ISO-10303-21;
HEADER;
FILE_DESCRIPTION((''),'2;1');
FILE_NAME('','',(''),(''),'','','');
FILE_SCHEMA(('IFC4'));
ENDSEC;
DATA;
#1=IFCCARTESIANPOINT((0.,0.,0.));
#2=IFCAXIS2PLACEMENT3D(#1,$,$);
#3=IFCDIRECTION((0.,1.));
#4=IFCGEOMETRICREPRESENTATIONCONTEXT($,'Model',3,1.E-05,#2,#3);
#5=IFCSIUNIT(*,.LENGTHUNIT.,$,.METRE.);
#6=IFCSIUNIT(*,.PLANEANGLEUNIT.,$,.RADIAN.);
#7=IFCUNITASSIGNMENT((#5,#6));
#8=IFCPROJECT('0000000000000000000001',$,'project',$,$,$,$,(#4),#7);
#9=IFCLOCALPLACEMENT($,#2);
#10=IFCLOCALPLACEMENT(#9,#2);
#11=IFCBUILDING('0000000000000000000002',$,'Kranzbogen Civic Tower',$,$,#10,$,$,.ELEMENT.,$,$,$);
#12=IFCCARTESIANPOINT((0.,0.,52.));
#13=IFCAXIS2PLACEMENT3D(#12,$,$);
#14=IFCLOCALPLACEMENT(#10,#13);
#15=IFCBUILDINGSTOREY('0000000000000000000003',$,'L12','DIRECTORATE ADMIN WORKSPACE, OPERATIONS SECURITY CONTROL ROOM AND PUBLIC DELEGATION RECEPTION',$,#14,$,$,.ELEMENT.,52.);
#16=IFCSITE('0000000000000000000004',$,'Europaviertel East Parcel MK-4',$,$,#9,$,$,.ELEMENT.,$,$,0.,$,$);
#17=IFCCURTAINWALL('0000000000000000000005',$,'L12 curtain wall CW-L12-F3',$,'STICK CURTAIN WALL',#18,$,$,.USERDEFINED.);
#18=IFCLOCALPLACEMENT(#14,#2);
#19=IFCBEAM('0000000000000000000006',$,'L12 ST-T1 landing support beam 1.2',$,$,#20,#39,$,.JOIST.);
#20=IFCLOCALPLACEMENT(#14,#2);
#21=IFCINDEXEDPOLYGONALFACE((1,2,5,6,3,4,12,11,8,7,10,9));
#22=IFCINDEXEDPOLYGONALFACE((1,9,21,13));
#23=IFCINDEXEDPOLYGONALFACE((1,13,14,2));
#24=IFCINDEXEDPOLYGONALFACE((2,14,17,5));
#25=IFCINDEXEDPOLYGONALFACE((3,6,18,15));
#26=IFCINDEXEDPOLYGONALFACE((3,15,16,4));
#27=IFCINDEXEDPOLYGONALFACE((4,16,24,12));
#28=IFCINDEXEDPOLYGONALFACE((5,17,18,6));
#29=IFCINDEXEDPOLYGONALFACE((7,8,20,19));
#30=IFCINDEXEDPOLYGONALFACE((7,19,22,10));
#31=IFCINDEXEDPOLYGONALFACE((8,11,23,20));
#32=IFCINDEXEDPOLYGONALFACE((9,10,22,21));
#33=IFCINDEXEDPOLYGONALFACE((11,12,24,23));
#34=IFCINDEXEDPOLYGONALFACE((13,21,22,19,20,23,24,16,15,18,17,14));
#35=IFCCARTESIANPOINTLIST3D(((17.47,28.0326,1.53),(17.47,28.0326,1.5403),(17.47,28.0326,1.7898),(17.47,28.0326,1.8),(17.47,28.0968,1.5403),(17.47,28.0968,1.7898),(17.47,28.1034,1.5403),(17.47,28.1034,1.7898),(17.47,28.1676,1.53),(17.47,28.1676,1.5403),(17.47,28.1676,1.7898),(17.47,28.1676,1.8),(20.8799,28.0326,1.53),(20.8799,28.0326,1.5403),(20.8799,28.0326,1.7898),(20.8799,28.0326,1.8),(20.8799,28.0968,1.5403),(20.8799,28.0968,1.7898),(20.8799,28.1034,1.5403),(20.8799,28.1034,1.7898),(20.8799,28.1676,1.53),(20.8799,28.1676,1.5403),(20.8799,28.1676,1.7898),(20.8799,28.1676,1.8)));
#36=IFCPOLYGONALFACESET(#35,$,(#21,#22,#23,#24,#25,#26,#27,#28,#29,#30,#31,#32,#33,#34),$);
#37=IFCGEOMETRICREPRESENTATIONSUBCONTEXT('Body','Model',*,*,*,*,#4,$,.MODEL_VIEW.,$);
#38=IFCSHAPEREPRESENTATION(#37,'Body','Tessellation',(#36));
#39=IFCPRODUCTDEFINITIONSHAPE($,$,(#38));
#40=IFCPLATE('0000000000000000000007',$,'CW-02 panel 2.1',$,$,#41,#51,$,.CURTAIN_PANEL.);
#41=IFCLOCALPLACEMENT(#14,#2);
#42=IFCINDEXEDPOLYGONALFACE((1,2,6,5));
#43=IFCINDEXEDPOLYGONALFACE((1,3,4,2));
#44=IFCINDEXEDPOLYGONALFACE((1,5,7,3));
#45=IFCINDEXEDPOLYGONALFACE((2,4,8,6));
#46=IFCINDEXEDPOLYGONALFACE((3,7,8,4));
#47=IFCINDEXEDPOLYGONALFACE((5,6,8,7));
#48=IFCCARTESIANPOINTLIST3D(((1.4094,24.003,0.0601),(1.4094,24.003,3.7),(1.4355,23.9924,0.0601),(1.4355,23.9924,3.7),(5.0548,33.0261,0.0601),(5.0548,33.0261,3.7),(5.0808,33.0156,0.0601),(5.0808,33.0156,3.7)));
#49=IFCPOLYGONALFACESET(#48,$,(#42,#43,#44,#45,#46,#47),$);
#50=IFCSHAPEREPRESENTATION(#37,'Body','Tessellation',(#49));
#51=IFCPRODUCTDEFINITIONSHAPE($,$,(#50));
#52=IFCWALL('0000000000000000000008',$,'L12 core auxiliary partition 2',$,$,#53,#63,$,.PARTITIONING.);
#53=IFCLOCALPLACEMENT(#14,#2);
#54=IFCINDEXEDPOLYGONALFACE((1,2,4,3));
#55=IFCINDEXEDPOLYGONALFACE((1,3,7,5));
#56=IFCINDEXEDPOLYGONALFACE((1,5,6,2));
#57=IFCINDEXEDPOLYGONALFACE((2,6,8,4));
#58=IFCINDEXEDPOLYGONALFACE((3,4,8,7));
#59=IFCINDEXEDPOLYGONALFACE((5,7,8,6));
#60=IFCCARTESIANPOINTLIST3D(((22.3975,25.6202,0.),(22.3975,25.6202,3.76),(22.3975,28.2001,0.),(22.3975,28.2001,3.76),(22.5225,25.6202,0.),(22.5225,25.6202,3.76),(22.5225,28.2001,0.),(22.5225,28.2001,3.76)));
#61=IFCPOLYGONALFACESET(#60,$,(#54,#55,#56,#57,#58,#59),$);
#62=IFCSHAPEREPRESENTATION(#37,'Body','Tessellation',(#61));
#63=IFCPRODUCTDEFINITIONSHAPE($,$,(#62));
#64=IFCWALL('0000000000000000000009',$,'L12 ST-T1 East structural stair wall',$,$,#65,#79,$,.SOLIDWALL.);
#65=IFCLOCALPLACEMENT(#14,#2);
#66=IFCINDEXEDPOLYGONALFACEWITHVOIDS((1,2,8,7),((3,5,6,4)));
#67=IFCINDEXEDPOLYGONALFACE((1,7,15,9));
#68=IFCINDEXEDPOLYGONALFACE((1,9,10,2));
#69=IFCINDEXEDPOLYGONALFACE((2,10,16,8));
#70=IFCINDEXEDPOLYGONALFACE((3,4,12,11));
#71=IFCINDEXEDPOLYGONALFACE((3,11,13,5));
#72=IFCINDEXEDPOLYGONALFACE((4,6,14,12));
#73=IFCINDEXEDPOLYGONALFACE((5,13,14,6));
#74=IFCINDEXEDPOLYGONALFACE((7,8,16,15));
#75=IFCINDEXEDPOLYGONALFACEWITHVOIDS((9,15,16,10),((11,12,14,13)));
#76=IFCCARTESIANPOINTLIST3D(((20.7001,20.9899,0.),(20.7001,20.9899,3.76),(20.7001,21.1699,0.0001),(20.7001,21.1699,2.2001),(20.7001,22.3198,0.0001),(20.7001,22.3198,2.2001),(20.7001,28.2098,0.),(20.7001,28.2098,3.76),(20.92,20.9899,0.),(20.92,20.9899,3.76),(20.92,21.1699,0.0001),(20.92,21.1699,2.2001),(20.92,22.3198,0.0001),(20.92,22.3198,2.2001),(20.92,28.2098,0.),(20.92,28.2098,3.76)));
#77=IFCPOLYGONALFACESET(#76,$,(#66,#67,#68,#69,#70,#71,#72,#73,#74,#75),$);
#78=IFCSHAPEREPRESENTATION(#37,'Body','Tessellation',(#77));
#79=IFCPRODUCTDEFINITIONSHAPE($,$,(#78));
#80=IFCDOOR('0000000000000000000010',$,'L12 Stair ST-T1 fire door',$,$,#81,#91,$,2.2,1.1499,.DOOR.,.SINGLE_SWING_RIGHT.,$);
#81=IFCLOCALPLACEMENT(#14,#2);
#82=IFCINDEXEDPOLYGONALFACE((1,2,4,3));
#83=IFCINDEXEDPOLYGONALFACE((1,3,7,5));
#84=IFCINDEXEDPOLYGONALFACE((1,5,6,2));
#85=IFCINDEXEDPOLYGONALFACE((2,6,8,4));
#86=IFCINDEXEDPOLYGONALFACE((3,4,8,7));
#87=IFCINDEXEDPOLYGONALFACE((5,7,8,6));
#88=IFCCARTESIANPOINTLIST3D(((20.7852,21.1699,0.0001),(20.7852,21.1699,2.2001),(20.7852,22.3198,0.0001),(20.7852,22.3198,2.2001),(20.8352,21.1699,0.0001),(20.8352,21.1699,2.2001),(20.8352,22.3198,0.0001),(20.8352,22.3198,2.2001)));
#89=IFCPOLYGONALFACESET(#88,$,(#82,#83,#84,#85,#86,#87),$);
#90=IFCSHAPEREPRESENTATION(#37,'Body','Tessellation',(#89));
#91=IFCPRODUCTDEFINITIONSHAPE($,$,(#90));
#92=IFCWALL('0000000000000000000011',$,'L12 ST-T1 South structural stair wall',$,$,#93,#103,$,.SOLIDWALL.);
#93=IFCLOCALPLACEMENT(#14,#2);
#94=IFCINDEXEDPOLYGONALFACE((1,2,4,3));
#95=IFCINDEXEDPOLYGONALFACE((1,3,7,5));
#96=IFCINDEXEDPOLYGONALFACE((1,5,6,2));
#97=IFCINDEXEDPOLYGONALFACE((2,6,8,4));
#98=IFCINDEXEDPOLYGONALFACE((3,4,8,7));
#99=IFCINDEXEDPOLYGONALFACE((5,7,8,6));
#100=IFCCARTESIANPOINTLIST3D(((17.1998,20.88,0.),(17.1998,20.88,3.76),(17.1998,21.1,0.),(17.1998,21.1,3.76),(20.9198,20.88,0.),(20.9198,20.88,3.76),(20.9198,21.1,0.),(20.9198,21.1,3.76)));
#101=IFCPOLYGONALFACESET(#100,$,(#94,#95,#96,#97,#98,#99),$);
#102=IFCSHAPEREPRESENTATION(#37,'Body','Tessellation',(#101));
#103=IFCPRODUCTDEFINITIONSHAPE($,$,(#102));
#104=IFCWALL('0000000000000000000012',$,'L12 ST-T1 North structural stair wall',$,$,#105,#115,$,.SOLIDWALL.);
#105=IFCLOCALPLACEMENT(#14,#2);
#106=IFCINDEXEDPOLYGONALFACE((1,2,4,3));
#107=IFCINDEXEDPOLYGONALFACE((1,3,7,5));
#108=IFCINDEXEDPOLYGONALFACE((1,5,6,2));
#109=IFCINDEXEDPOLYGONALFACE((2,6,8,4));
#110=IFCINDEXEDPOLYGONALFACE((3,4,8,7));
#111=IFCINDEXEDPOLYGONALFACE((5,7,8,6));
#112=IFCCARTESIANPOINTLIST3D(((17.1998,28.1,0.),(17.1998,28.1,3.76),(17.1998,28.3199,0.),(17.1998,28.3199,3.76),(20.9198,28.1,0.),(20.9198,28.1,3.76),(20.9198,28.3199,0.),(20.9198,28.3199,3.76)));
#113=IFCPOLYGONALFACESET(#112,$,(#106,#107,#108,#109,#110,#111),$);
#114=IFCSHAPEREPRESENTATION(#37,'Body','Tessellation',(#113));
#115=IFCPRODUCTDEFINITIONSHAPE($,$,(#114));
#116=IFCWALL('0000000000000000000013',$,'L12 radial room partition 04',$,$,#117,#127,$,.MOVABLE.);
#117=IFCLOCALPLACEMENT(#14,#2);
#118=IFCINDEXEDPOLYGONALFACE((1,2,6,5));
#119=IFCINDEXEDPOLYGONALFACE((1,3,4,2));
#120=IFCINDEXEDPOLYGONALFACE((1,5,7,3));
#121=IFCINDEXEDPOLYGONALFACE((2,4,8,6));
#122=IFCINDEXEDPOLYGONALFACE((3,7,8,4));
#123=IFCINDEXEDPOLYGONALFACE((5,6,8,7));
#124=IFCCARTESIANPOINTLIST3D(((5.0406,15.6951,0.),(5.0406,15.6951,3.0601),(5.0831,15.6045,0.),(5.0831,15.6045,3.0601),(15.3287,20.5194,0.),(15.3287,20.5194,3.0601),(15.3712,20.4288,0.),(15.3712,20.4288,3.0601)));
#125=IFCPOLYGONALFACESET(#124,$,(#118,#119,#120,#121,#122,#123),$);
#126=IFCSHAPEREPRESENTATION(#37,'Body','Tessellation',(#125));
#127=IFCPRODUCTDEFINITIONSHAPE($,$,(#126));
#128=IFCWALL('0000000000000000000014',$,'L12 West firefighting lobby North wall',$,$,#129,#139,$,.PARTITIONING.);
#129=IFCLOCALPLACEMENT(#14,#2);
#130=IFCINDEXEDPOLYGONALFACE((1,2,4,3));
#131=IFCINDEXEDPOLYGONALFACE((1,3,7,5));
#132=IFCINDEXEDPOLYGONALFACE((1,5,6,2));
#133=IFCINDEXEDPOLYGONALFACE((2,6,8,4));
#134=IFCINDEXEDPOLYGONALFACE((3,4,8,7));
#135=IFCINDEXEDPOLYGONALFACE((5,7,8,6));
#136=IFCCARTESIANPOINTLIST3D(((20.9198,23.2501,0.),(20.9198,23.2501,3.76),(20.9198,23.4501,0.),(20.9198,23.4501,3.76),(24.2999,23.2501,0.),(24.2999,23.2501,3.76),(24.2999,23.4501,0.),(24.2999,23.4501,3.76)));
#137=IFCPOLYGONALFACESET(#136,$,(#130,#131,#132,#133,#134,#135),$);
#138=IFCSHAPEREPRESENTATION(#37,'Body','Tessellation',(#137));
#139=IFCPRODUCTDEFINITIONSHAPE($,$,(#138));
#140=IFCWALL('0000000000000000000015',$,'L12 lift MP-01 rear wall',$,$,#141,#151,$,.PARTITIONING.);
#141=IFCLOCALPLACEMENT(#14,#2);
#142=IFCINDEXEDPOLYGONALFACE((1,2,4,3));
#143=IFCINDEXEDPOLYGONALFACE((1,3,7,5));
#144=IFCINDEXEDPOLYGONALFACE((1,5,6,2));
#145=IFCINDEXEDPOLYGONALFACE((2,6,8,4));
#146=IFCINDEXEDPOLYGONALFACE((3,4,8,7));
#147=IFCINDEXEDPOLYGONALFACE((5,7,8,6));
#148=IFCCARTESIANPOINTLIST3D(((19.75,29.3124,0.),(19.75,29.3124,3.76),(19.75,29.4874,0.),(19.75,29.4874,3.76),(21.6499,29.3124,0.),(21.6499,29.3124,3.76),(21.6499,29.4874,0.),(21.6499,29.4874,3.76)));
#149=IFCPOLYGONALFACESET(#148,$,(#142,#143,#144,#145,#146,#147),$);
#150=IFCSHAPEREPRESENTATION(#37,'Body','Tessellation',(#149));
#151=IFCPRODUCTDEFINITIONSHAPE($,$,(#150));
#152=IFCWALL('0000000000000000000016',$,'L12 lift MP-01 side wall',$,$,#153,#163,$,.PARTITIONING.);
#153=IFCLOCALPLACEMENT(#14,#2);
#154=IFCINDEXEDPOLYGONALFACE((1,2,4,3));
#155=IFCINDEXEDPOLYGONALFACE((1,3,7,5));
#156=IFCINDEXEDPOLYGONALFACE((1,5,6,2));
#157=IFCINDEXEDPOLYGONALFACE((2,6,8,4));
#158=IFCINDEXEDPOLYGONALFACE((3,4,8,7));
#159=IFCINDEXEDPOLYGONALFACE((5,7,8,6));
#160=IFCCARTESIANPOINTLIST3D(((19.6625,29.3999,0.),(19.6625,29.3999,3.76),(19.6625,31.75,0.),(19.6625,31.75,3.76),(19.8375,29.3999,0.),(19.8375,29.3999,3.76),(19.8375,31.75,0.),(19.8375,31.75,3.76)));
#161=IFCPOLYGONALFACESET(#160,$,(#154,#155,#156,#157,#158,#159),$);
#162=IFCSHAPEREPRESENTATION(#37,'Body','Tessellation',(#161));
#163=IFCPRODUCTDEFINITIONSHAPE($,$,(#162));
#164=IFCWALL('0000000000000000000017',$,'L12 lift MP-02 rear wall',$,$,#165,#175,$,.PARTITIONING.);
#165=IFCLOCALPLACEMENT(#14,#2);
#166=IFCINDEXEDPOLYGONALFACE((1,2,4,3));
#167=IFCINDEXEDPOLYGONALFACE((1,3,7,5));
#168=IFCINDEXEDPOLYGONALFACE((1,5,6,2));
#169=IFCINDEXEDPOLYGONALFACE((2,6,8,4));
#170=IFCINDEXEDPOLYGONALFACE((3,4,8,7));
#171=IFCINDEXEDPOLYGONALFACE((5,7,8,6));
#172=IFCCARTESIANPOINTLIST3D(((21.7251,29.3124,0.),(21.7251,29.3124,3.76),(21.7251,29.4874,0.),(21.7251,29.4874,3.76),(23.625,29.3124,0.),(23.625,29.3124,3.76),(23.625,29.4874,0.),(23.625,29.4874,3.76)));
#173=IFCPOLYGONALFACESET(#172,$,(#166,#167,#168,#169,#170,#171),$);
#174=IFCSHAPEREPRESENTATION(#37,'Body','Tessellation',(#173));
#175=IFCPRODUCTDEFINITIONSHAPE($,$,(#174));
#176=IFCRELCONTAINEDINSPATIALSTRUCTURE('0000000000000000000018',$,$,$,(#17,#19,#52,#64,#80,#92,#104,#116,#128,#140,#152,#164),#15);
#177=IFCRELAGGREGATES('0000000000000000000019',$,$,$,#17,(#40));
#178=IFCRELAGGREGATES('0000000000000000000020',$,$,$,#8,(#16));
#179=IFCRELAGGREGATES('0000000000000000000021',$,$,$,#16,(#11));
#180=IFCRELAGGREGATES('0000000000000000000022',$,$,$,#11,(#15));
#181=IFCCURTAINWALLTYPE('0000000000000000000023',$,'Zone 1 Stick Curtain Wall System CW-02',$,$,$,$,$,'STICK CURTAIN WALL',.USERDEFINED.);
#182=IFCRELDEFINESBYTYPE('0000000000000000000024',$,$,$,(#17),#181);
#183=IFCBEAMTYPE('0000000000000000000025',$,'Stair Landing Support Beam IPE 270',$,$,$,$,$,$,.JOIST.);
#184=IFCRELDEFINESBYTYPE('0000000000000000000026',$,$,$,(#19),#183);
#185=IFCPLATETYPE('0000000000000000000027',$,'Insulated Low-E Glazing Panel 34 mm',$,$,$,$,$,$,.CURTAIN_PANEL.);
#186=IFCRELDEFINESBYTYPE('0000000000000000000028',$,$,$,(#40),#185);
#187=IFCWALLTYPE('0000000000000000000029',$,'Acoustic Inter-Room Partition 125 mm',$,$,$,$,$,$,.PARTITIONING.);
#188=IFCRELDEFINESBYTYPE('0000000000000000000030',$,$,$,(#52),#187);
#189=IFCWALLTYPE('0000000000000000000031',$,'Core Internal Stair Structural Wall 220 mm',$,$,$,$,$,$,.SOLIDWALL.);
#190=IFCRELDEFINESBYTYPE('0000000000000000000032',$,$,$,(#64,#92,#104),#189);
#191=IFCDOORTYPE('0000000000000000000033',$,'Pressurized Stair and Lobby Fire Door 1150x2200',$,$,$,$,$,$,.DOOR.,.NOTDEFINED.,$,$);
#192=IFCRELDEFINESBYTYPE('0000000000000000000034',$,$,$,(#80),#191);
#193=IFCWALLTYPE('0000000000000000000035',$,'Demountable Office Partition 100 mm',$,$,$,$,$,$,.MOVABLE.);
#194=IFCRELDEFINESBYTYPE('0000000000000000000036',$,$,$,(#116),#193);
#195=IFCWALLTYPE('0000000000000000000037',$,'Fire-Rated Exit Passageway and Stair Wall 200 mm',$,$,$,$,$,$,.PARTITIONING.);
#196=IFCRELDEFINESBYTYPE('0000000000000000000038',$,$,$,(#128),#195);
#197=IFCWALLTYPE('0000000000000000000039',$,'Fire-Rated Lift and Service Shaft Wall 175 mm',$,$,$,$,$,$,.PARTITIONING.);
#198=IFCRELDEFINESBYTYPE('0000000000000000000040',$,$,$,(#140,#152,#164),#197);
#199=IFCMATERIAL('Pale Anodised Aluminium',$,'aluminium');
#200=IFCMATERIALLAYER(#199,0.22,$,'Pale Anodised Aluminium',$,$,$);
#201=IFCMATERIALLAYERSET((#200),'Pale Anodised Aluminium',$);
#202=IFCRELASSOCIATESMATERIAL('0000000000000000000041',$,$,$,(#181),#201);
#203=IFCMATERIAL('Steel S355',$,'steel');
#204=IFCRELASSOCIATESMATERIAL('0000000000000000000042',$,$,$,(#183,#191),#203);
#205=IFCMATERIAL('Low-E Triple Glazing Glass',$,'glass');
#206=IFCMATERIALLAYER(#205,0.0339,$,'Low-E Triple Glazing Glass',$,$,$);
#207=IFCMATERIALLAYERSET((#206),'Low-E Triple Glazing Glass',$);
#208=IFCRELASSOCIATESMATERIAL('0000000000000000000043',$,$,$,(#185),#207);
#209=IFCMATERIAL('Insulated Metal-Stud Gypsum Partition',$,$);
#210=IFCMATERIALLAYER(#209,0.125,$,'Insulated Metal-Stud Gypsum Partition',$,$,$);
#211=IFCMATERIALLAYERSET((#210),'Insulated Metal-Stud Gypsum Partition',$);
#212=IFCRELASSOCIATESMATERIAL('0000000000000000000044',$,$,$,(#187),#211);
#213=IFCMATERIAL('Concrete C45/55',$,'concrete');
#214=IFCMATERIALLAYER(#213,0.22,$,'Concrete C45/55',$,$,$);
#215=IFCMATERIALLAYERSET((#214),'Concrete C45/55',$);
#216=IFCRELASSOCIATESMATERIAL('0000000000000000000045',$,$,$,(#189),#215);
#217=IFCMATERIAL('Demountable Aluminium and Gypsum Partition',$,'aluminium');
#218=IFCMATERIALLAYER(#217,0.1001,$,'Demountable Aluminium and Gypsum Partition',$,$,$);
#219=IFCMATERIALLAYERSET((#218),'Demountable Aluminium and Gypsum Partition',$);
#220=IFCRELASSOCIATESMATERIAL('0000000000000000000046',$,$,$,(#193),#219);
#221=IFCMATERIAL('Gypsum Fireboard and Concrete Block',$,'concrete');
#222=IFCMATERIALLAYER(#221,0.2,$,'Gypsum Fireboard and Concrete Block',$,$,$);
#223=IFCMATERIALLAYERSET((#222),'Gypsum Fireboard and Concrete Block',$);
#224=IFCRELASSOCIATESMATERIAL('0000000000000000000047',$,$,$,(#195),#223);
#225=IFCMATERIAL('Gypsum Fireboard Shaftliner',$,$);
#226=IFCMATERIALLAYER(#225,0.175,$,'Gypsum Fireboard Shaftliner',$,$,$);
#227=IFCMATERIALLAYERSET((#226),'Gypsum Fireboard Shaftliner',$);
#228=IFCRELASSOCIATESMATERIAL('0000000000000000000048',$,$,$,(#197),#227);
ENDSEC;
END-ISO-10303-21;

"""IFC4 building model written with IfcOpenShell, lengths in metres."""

from ifc_helpers import new_model, si_unit, direction, frame, frame_2d, origin, origin_2d, place, context, subcontext, project, spatial, rectangle, i_section, extrude, material, layer, layer_set, material_profile, profile_set, type_object, element, fill, aggregate, save


model = new_model("IFC4")

# Units and contexts
model_context = context("Model", 3, precision=1e-05, world=origin(), true_north=direction((0.0, 1.0)))
body_context = subcontext(model_context, "Body", "Model", "MODEL_VIEW")
ifc_project = project(units=[si_unit("LENGTHUNIT", "METRE"), si_unit("PLANEANGLEUNIT", "RADIAN")], contexts=[model_context])

# Site, building, storey
site_placement = place(None, origin())
site = spatial("IfcSite", under=ifc_project, at=site_placement, Name="Europaviertel East Parcel MK-4", CompositionType="ELEMENT", RefElevation=0.0)
building_placement = place(site_placement, origin())
building = spatial("IfcBuilding", under=site, at=building_placement, Name="Kranzbogen Civic Tower", CompositionType="ELEMENT")
storey_placement = place(building_placement, frame((0.0, 0.0, 52.0)))
storey = spatial("IfcBuildingStorey", under=building, at=storey_placement, Name="L12", Description="DIRECTORATE ADMIN WORKSPACE, OPERATIONS SECURITY CONTROL ROOM AND PUBLIC DELEGATION RECEPTION", CompositionType="ELEMENT", Elevation=52.0)

# Shared definitions
ifc_material_1 = material(Name="Steel S355", Category="steel")

# Curtain wall
ifc_material_2 = material(Name="Pale Anodised Aluminium", Category="aluminium")
ifc_layer_1 = layer(ifc_material_2, 0.22, Name="Pale Anodised Aluminium")
ifc_layer_set_1 = layer_set([ifc_layer_1], Name="Pale Anodised Aluminium")
curtain_wall_type = type_object("IfcCurtainWallType", Name="Zone 1 Stick Curtain Wall System CW-02", ElementType="STICK CURTAIN WALL", PredefinedType="USERDEFINED", material=ifc_layer_set_1)
curtain_wall_placement = place(storey_placement, origin())
curtain_wall = element("IfcCurtainWall", 1, at=curtain_wall_placement, inside=storey, type_object=curtain_wall_type, Name="L12 curtain wall CW-L12-F3", ObjectType="STICK CURTAIN WALL", PredefinedType="USERDEFINED")

# Beam
ifc_material_profile_1 = material_profile(ifc_material_1, i_section(OverallWidth=0.135, OverallDepth=0.27, WebThickness=0.0066, FlangeThickness=0.0103, at=origin_2d()), Name="IPE 270")
ifc_profile_set_1 = profile_set([ifc_material_profile_1], Name="Steel S355")
beam_type_1 = type_object("IfcBeamType", Name="Stair Landing Support Beam IPE 270", PredefinedType="JOIST", material=ifc_profile_set_1)
for number, where, z_axis, x_axis, name in (
    (2, (20.8799, 28.1001, 1.665), (-1.0, 0.0, 0.0), (0.0, -1.0, 0.0), "L12 ST-T1 landing support beam 1.2"),
):
    element("IfcBeam", number, at=place(storey_placement, frame(where, z_axis=z_axis, x_axis=x_axis)), inside=storey, type_object=beam_type_1, Name=name, PredefinedType="JOIST", context=body_context, shape_type="SweptSolid", body=[
        extrude(i_section(OverallWidth=0.135, OverallDepth=0.27, WebThickness=0.0066, FlangeThickness=0.0103, at=origin_2d()), origin(), (0.0, 0.0, 1.0), 3.4099),
    ])

# Plate
ifc_material_3 = material(Name="Low-E Triple Glazing Glass", Category="glass")
ifc_layer_2 = layer(ifc_material_3, 0.0339, Name="Low-E Triple Glazing Glass")
ifc_layer_set_2 = layer_set([ifc_layer_2], Name="Low-E Triple Glazing Glass")
plate_type = type_object("IfcPlateType", Name="Insulated Low-E Glazing Panel 34 mm", PredefinedType="CURTAIN_PANEL", material=ifc_layer_set_2)
plate_placement = place(storey_placement, frame((3.2451, 28.5093, 0.0601), z_axis=(0.0, 0.0, 1.0), x_axis=(-0.374583, -0.927193, 0.0)))
plate = element("IfcPlate", 3, at=plate_placement, type_object=plate_type, Name="CW-02 panel 2.1", PredefinedType="CURTAIN_PANEL", context=body_context, shape_type="SweptSolid", body=[
    extrude(rectangle(XDim=9.7317, YDim=0.0281, at=origin_2d()), origin(), (0.0, 0.0, 1.0), 3.6399),
])
aggregate(curtain_wall, [plate])

# Shared definitions
ifc_material_4 = material(Name="Insulated Metal-Stud Gypsum Partition")
ifc_layer_3 = layer(ifc_material_4, 0.125, Name="Insulated Metal-Stud Gypsum Partition")
ifc_layer_set_3 = layer_set([ifc_layer_3], Name="Insulated Metal-Stud Gypsum Partition")
wall_type_1 = type_object("IfcWallType", Name="Acoustic Inter-Room Partition 125 mm", PredefinedType="PARTITIONING", material=ifc_layer_set_3)

# Wall
wall_1_placement = place(storey_placement, frame((22.46, 25.6201, 0.0), z_axis=(0.0, 0.0, 1.0), x_axis=(0.0, 1.0, 0.0)))
element("IfcWall", 4, at=wall_1_placement, inside=storey, type_object=wall_type_1, Name="L12 core auxiliary partition 2", PredefinedType="PARTITIONING", context=body_context, shape_type="SweptSolid", body=[
    extrude(rectangle(XDim=2.5798, YDim=0.125, at=frame_2d((1.29, 0.0))), origin(), (0.0, 0.0, 1.0), 3.76),
])

# Wall, opening, door
ifc_material_5 = material(Name="Concrete C45/55", Category="concrete")
ifc_layer_4 = layer(ifc_material_5, 0.22, Name="Concrete C45/55")
ifc_layer_set_4 = layer_set([ifc_layer_4], Name="Concrete C45/55")
wall_type_2 = type_object("IfcWallType", Name="Core Internal Stair Structural Wall 220 mm", PredefinedType="SOLIDWALL", material=ifc_layer_set_4)
wall_2_placement = place(storey_placement, frame((20.8101, 20.99, 0.0), z_axis=(0.0, 0.0, 1.0), x_axis=(0.0, 1.0, 0.0)))
wall_2 = element("IfcWall", 5, at=wall_2_placement, inside=storey, type_object=wall_type_2, Name="L12 ST-T1 East structural stair wall", PredefinedType="SOLIDWALL", context=body_context, shape_type="SweptSolid", body=[
    extrude(rectangle(XDim=7.22, YDim=0.22, at=frame_2d((3.6099, 0.0))), origin(), (0.0, 0.0, 1.0), 3.76),
])
opening_1_placement = place(wall_2_placement, frame((0.1799, 0.0, 0.0)))
opening_1 = element("IfcOpeningElement", 6, at=opening_1_placement, cuts=wall_2, PredefinedType="OPENING", context=body_context, shape_type="SweptSolid", body=[
    extrude(rectangle(XDim=1.1499, YDim=2.2, at=frame_2d((0.575, 1.1001))), frame((0.0, 0.1201, 0.0), z_axis=(0.0, -1.0, 0.0), x_axis=(1.0, 0.0, 0.0)), (0.0, 0.0, 1.0), 0.24),
])
door_type_1 = type_object("IfcDoorType", Name="Pressurized Stair and Lobby Fire Door 1150x2200", OperationType="NOTDEFINED", PredefinedType="DOOR", material=ifc_material_1)
door_1_placement = place(opening_1_placement, origin())
door_1 = element("IfcDoor", 7, at=door_1_placement, inside=storey, type_object=door_type_1, Name="L12 Stair ST-T1 fire door", OperationType="SINGLE_SWING_RIGHT", OverallHeight=2.2, OverallWidth=1.1499, PredefinedType="DOOR", context=body_context, shape_type="SweptSolid", body=[
    extrude(rectangle(XDim=1.1499, YDim=2.2, at=frame_2d((0.575, 1.1001))), frame((0.0, 0.0249, 0.0), z_axis=(0.0, -1.0, 0.0), x_axis=(1.0, 0.0, 0.0)), (0.0, 0.0, 1.0), 0.05),
])
fill(opening_1, door_1)

# Walls
for number, where, z_axis, x_axis, name in (
    (8, (17.2, 20.99, 0.0), (0.0, 0.0, 1.0), (1.0, 0.0, 0.0), "L12 ST-T1 South structural stair wall"),
    (9, (17.2, 28.21, 0.0), (0.0, 0.0, 1.0), (1.0, 0.0, 0.0), "L12 ST-T1 North structural stair wall"),
):
    element("IfcWall", number, at=place(storey_placement, frame(where, z_axis=z_axis, x_axis=x_axis)), inside=storey, type_object=wall_type_2, Name=name, PredefinedType="SOLIDWALL", context=body_context, shape_type="SweptSolid", body=[
        extrude(rectangle(XDim=3.72, YDim=0.22, at=frame_2d((1.8599, 0.0))), origin(), (0.0, 0.0, 1.0), 3.76),
    ])
ifc_material_6 = material(Name="Demountable Aluminium and Gypsum Partition", Category="aluminium")
ifc_layer_5 = layer(ifc_material_6, 0.1001, Name="Demountable Aluminium and Gypsum Partition")
ifc_layer_set_5 = layer_set([ifc_layer_5], Name="Demountable Aluminium and Gypsum Partition")
wall_type_3 = type_object("IfcWallType", Name="Demountable Office Partition 100 mm", PredefinedType="MOVABLE", material=ifc_layer_set_5)
wall_3_placement = place(storey_placement, frame((15.3501, 20.4741, 0.0), z_axis=(0.0, 0.0, 1.0), x_axis=(-0.905402, -0.424555, 0.0)))
element("IfcWall", 10, at=wall_3_placement, inside=storey, type_object=wall_type_3, Name="L12 radial room partition 04", PredefinedType="MOVABLE", context=body_context, shape_type="SweptSolid", body=[
    extrude(rectangle(XDim=11.363, YDim=0.1001, at=frame_2d((5.6816, 0.0))), origin(), (0.0, 0.0, 1.0), 3.0601),
])
ifc_material_7 = material(Name="Gypsum Fireboard and Concrete Block", Category="concrete")
ifc_layer_6 = layer(ifc_material_7, 0.2, Name="Gypsum Fireboard and Concrete Block")
ifc_layer_set_6 = layer_set([ifc_layer_6], Name="Gypsum Fireboard and Concrete Block")
wall_type_4 = type_object("IfcWallType", Name="Fire-Rated Exit Passageway and Stair Wall 200 mm", PredefinedType="PARTITIONING", material=ifc_layer_set_6)
wall_4_placement = place(storey_placement, frame((20.9199, 23.3501, 0.0), z_axis=(0.0, 0.0, 1.0), x_axis=(1.0, 0.0, 0.0)))
element("IfcWall", 11, at=wall_4_placement, inside=storey, type_object=wall_type_4, Name="L12 West firefighting lobby North wall", PredefinedType="PARTITIONING", context=body_context, shape_type="SweptSolid", body=[
    extrude(rectangle(XDim=3.3801, YDim=0.2, at=frame_2d((1.6899, 0.0))), origin(), (0.0, 0.0, 1.0), 3.76),
])
ifc_material_8 = material(Name="Gypsum Fireboard Shaftliner")
ifc_layer_7 = layer(ifc_material_8, 0.175, Name="Gypsum Fireboard Shaftliner")
ifc_layer_set_7 = layer_set([ifc_layer_7], Name="Gypsum Fireboard Shaftliner")
wall_type_5 = type_object("IfcWallType", Name="Fire-Rated Lift and Service Shaft Wall 175 mm", PredefinedType="PARTITIONING", material=ifc_layer_set_7)
wall_5_placement = place(storey_placement, frame((19.75, 29.3999, 0.0), z_axis=(0.0, 0.0, 1.0), x_axis=(1.0, 0.0, 0.0)))
element("IfcWall", 12, at=wall_5_placement, inside=storey, type_object=wall_type_5, Name="L12 lift MP-01 rear wall", PredefinedType="PARTITIONING", context=body_context, shape_type="SweptSolid", body=[
    extrude(rectangle(XDim=1.8999, YDim=0.175, at=frame_2d((0.95, 0.0))), origin(), (0.0, 0.0, 1.0), 3.76),
])
wall_6_placement = place(storey_placement, frame((19.75, 29.3999, 0.0), z_axis=(0.0, 0.0, 1.0), x_axis=(0.0, 1.0, 0.0)))
element("IfcWall", 13, at=wall_6_placement, inside=storey, type_object=wall_type_5, Name="L12 lift MP-01 side wall", PredefinedType="PARTITIONING", context=body_context, shape_type="SweptSolid", body=[
    extrude(rectangle(XDim=2.3501, YDim=0.175, at=frame_2d((1.175, 0.0))), origin(), (0.0, 0.0, 1.0), 3.76),
])
wall_7_placement = place(storey_placement, frame((21.7251, 29.3999, 0.0), z_axis=(0.0, 0.0, 1.0), x_axis=(1.0, 0.0, 0.0)))
element("IfcWall", 14, at=wall_7_placement, inside=storey, type_object=wall_type_5, Name="L12 lift MP-02 rear wall", PredefinedType="PARTITIONING", context=body_context, shape_type="SweptSolid", body=[
    extrude(rectangle(XDim=1.8999, YDim=0.175, at=frame_2d((0.95, 0.0))), origin(), (0.0, 0.0, 1.0), 3.76),
])

save(model, "model.ifc")
